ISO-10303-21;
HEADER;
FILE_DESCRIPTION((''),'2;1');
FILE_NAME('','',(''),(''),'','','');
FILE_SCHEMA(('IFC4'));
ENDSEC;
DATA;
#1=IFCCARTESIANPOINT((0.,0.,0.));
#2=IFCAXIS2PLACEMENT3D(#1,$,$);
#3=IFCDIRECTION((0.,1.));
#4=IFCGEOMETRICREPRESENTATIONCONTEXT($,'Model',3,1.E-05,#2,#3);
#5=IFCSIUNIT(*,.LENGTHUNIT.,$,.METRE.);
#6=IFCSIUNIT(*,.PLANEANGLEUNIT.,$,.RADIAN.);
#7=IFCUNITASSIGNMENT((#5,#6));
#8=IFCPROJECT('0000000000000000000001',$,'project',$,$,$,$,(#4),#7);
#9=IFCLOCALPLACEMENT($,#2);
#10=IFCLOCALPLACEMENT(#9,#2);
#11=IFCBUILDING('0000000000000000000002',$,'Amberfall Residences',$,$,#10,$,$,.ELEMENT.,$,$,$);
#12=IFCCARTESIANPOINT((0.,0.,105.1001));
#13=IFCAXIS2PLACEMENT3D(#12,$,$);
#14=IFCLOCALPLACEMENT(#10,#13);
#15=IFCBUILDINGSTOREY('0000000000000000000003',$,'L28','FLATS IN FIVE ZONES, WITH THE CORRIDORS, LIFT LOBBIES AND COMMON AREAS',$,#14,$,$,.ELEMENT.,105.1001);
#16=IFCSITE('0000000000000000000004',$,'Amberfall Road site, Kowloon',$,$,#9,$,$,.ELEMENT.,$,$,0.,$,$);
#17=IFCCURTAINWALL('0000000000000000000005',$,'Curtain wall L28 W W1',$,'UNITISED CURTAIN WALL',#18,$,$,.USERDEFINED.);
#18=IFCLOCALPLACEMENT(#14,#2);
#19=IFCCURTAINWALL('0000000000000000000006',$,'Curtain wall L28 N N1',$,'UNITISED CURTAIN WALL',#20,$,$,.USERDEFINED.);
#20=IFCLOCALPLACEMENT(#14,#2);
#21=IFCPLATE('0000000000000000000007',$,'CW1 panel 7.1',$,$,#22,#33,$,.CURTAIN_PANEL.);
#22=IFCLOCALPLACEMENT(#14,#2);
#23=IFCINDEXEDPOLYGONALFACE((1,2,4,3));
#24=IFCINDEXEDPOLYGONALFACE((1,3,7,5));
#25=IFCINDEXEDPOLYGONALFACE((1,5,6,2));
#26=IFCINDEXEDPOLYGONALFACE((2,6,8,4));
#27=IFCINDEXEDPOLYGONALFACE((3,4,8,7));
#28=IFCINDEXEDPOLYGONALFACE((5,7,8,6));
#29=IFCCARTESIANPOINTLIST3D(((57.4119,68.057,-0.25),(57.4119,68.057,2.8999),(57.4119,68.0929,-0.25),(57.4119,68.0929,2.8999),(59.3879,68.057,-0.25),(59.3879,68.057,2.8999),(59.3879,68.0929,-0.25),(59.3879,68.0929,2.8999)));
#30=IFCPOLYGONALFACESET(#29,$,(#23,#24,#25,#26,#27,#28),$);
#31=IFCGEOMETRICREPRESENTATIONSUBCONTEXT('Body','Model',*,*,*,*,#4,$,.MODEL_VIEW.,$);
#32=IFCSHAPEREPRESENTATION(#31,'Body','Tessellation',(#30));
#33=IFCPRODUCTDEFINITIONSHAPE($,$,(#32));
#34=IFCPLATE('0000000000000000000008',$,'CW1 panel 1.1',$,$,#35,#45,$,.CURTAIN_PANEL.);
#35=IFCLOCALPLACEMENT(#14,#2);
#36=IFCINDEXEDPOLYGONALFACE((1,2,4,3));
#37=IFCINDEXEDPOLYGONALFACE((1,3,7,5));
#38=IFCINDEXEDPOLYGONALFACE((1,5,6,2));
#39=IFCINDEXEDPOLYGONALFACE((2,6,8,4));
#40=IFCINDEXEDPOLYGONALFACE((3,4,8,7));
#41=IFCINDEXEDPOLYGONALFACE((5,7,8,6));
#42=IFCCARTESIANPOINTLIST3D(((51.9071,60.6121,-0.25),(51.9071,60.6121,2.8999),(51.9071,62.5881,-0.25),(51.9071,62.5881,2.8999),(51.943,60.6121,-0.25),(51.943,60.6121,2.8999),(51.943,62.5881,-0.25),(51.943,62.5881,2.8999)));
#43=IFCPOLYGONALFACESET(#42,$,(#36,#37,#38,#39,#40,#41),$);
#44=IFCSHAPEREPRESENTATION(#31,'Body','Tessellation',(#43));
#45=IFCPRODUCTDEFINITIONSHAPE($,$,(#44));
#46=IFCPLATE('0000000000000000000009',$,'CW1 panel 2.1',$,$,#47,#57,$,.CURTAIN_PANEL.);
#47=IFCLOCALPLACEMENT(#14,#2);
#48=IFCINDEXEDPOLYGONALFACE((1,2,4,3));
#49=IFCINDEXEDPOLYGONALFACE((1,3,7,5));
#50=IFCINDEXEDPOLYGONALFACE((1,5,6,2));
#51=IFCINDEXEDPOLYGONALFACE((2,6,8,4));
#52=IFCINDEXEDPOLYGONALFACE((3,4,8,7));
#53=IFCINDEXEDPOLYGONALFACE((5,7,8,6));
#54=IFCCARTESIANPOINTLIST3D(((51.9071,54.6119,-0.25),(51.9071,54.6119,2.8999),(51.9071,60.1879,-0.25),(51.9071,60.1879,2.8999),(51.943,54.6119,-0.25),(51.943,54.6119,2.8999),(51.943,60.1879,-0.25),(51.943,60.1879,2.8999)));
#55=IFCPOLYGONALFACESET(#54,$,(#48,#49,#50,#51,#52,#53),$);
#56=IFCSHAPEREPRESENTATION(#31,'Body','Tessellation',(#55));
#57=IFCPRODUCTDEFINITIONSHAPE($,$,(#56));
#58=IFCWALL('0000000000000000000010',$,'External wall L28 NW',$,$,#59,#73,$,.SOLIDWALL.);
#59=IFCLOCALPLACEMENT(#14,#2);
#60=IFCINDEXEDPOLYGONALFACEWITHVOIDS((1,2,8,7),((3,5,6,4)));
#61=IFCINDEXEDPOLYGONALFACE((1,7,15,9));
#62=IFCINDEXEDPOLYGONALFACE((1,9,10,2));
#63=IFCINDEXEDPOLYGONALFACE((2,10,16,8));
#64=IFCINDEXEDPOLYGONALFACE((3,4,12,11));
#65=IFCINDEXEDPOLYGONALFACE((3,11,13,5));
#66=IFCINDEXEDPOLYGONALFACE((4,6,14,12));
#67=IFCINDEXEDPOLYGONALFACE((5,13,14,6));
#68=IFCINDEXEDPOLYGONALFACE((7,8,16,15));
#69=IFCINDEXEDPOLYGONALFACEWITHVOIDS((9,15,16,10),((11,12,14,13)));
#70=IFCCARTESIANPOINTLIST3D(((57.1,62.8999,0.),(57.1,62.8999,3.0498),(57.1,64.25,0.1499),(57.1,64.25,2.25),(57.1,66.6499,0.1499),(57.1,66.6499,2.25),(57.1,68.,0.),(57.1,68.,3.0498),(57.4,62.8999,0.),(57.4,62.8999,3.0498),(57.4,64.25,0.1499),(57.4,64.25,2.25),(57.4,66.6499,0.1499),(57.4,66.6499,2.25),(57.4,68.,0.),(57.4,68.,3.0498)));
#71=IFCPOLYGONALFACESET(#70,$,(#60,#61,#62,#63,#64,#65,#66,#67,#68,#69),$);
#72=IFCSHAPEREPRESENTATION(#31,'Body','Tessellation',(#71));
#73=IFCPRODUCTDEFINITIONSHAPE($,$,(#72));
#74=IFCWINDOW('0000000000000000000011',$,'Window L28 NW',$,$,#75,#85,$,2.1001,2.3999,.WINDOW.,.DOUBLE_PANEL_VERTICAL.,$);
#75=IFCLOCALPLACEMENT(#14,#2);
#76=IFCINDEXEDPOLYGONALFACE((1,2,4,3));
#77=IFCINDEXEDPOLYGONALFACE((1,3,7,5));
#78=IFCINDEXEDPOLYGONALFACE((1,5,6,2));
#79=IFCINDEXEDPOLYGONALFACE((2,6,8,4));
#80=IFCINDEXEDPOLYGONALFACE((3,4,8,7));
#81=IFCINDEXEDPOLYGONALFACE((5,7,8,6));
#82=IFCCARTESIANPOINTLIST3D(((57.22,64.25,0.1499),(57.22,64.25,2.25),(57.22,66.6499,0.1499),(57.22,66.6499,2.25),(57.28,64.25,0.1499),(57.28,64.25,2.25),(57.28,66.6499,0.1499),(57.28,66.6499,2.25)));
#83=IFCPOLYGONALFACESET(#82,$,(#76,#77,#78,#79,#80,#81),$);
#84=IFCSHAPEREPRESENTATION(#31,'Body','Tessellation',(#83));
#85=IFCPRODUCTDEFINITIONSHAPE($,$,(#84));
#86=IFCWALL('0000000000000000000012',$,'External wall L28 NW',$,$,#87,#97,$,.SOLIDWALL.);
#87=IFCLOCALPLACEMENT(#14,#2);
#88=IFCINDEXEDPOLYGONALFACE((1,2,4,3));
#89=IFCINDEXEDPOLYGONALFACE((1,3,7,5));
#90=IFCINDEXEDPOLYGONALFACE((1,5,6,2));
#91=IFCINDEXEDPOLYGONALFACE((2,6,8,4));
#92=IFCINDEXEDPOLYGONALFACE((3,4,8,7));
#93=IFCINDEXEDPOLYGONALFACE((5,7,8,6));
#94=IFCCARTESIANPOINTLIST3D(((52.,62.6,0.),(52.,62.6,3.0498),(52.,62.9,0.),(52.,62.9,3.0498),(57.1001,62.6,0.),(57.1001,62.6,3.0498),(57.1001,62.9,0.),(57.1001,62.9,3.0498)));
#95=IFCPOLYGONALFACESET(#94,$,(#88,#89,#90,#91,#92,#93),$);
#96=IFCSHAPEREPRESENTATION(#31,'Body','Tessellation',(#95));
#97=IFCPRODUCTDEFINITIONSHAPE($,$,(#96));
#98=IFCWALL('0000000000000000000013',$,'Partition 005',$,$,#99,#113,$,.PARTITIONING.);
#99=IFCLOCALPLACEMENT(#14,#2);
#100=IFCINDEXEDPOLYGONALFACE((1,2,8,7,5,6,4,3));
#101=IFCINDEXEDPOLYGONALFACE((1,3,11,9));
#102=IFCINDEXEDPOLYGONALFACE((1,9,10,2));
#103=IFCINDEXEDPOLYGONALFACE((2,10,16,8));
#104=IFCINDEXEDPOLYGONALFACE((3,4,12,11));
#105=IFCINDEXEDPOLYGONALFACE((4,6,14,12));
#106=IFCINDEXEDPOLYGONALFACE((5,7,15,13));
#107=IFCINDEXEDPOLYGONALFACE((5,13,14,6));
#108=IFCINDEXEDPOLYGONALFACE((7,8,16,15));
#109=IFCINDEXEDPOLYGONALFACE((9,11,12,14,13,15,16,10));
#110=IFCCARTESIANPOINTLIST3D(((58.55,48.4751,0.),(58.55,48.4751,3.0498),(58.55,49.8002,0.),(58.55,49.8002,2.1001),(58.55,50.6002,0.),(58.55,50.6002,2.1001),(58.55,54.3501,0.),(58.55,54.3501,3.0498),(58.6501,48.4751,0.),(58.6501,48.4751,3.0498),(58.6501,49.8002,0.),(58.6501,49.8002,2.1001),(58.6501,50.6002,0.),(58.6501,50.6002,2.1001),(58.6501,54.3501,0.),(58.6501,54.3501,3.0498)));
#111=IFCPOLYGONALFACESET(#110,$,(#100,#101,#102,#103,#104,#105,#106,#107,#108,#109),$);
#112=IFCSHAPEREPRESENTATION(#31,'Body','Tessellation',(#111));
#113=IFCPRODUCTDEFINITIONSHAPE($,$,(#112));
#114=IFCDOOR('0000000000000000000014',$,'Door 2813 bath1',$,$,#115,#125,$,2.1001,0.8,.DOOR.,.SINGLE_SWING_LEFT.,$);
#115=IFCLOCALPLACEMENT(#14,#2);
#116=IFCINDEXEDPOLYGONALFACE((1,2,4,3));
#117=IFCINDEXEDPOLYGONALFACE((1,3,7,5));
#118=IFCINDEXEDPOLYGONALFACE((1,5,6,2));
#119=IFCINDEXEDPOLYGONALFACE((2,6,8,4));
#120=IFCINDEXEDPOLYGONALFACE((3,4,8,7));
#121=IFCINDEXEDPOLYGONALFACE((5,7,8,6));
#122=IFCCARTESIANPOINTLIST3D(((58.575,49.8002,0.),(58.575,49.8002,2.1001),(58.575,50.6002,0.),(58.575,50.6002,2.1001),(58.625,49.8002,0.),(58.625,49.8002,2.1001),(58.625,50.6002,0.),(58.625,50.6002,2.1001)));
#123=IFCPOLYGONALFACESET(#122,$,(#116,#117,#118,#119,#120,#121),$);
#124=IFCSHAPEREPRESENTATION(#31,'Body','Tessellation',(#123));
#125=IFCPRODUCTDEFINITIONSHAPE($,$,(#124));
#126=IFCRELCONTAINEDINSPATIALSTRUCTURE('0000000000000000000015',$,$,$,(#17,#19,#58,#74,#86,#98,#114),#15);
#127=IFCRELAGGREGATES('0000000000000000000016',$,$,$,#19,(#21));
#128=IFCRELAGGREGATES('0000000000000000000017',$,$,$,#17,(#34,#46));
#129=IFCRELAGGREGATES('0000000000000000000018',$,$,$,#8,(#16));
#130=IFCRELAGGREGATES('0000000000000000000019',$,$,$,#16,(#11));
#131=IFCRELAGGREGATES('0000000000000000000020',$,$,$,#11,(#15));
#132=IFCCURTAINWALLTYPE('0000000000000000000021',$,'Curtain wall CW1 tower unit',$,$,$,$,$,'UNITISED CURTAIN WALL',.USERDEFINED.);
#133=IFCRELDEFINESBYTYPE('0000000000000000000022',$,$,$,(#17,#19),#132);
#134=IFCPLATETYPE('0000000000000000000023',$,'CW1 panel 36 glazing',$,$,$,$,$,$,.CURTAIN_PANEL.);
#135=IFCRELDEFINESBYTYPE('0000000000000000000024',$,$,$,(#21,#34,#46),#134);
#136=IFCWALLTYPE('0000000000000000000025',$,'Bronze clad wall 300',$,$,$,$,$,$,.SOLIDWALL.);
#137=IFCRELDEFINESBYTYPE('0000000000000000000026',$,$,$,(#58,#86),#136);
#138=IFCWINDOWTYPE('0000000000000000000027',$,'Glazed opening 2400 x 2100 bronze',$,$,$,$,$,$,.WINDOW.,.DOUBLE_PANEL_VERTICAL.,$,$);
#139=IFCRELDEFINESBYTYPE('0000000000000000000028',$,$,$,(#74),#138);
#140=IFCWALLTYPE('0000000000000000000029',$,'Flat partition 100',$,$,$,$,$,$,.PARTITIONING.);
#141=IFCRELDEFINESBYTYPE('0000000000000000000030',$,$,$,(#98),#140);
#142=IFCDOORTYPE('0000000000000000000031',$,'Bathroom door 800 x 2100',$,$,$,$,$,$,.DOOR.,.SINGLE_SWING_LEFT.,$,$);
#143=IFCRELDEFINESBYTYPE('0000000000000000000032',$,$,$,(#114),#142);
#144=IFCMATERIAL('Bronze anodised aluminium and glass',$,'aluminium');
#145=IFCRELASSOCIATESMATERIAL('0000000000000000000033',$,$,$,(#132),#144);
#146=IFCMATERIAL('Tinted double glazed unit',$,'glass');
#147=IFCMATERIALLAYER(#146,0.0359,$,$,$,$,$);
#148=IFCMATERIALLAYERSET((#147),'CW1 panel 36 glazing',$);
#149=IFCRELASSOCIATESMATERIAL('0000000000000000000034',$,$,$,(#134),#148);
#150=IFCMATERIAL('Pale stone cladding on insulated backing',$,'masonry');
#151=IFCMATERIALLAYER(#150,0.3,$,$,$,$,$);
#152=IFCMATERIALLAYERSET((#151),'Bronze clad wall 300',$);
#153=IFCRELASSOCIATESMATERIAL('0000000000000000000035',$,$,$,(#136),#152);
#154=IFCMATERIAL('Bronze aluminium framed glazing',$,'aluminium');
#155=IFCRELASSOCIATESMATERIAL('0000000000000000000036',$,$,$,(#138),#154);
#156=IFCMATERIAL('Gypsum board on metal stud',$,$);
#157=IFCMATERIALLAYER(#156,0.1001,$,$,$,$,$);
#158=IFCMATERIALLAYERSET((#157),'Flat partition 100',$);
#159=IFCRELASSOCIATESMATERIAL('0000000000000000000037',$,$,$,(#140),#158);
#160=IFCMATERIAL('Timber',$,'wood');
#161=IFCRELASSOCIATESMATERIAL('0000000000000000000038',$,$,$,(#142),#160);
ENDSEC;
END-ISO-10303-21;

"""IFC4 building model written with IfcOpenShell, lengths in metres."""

from ifc_helpers import new_model, si_unit, direction, frame, frame_2d, origin, origin_2d, place, context, subcontext, project, spatial, rectangle, extrude, material, layer, layer_set, type_object, element, fill, aggregate, save


model = new_model("IFC4")

# Units and contexts
model_context = context("Model", 3, precision=1e-05, world=origin(), true_north=direction((0.0, 1.0)))
body_context = subcontext(model_context, "Body", "Model", "MODEL_VIEW")
ifc_project = project(units=[si_unit("LENGTHUNIT", "METRE"), si_unit("PLANEANGLEUNIT", "RADIAN")], contexts=[model_context])

# Site, building, storey
site_placement = place(None, origin())
site = spatial("IfcSite", under=ifc_project, at=site_placement, Name="Amberfall Road site, Kowloon", CompositionType="ELEMENT", RefElevation=0.0)
building_placement = place(site_placement, origin())
building = spatial("IfcBuilding", under=site, at=building_placement, Name="Amberfall Residences", CompositionType="ELEMENT")
storey_placement = place(building_placement, frame((0.0, 0.0, 105.1001)))
storey = spatial("IfcBuildingStorey", under=building, at=storey_placement, Name="L28", Description="FLATS IN FIVE ZONES, WITH THE CORRIDORS, LIFT LOBBIES AND COMMON AREAS", CompositionType="ELEMENT", Elevation=105.1001)

# Curtain wall
ifc_material_1 = material(Name="Bronze anodised aluminium and glass", Category="aluminium")
curtain_wall_type = type_object("IfcCurtainWallType", Name="Curtain wall CW1 tower unit", ElementType="UNITISED CURTAIN WALL", PredefinedType="USERDEFINED", material=ifc_material_1)
curtain_wall_1_placement = place(storey_placement, origin())
curtain_wall_1 = element("IfcCurtainWall", 1, at=curtain_wall_1_placement, inside=storey, type_object=curtain_wall_type, Name="Curtain wall L28 W W1", ObjectType="UNITISED CURTAIN WALL", PredefinedType="USERDEFINED")

# Curtain wall
curtain_wall_2_placement = place(storey_placement, origin())
curtain_wall_2 = element("IfcCurtainWall", 2, at=curtain_wall_2_placement, inside=storey, type_object=curtain_wall_type, Name="Curtain wall L28 N N1", ObjectType="UNITISED CURTAIN WALL", PredefinedType="USERDEFINED")

# Plates
ifc_material_2 = material(Name="Tinted double glazed unit", Category="glass")
ifc_layer_1 = layer(ifc_material_2, 0.0359)
ifc_layer_set_1 = layer_set([ifc_layer_1], Name="CW1 panel 36 glazing")
plate_type = type_object("IfcPlateType", Name="CW1 panel 36 glazing", PredefinedType="CURTAIN_PANEL", material=ifc_layer_set_1)
plate_1_placement = place(storey_placement, frame((58.3999, 68.075, -0.25), z_axis=(0.0, 0.0, 1.0), x_axis=(-1.0, 0.0, 0.0)))
plate_1 = element("IfcPlate", 3, at=plate_1_placement, type_object=plate_type, Name="CW1 panel 7.1", PredefinedType="CURTAIN_PANEL", context=body_context, shape_type="SweptSolid", body=[
    extrude(rectangle(XDim=1.9761, YDim=0.0359, at=origin_2d()), origin(), (0.0, 0.0, 1.0), 3.1499),
])
aggregate(curtain_wall_2, [plate_1])
plate_2_placement = place(storey_placement, frame((51.925, 61.6001, -0.25), z_axis=(0.0, 0.0, 1.0), x_axis=(0.0, -1.0, 0.0)))
plate_2 = element("IfcPlate", 4, at=plate_2_placement, type_object=plate_type, Name="CW1 panel 1.1", PredefinedType="CURTAIN_PANEL", context=body_context, shape_type="SweptSolid", body=[
    extrude(rectangle(XDim=1.9761, YDim=0.0359, at=origin_2d()), origin(), (0.0, 0.0, 1.0), 3.1499),
])
plate_3_placement = place(storey_placement, frame((51.925, 57.3999, -0.25), z_axis=(0.0, 0.0, 1.0), x_axis=(0.0, -1.0, 0.0)))
plate_3 = element("IfcPlate", 5, at=plate_3_placement, type_object=plate_type, Name="CW1 panel 2.1", PredefinedType="CURTAIN_PANEL", context=body_context, shape_type="SweptSolid", body=[
    extrude(rectangle(XDim=5.5759, YDim=0.0359, at=origin_2d()), origin(), (0.0, 0.0, 1.0), 3.1499),
])
aggregate(curtain_wall_1, [plate_2, plate_3])

# Wall, opening, window
ifc_material_3 = material(Name="Pale stone cladding on insulated backing", Category="masonry")
ifc_layer_2 = layer(ifc_material_3, 0.3)
ifc_layer_set_2 = layer_set([ifc_layer_2], Name="Bronze clad wall 300")
wall_type_1 = type_object("IfcWallType", Name="Bronze clad wall 300", PredefinedType="SOLIDWALL", material=ifc_layer_set_2)
wall_1_placement = place(storey_placement, frame((57.25, 68.0, 0.0), z_axis=(0.0, 0.0, 1.0), x_axis=(0.0, -1.0, 0.0)))
wall_1 = element("IfcWall", 6, at=wall_1_placement, inside=storey, type_object=wall_type_1, Name="External wall L28 NW", PredefinedType="SOLIDWALL", context=body_context, shape_type="SweptSolid", body=[
    extrude(rectangle(XDim=5.1001, YDim=0.3, at=frame_2d((2.55, 0.0))), origin(), (0.0, 0.0, 1.0), 3.0498),
])
opening_1_placement = place(wall_1_placement, frame((1.3501, 0.0, 0.1499)))
opening_1 = element("IfcOpeningElement", 7, at=opening_1_placement, cuts=wall_1, PredefinedType="OPENING", context=body_context, shape_type="SweptSolid", body=[
    extrude(rectangle(XDim=2.3999, YDim=2.1001, at=frame_2d((1.2, 1.05))), frame((0.0, 0.1599, 0.0), z_axis=(0.0, -1.0, 0.0), x_axis=(1.0, 0.0, 0.0)), (0.0, 0.0, 1.0), 0.3201),
])
ifc_material_4 = material(Name="Bronze aluminium framed glazing", Category="aluminium")
window_type = type_object("IfcWindowType", Name="Glazed opening 2400 x 2100 bronze", PartitioningType="DOUBLE_PANEL_VERTICAL", PredefinedType="WINDOW", material=ifc_material_4)
window_placement = place(opening_1_placement, origin())
window = element("IfcWindow", 8, at=window_placement, inside=storey, type_object=window_type, Name="Window L28 NW", OverallHeight=2.1001, OverallWidth=2.3999, PartitioningType="DOUBLE_PANEL_VERTICAL", PredefinedType="WINDOW", context=body_context, shape_type="SweptSolid", body=[
    extrude(rectangle(XDim=2.3999, YDim=2.1001, at=frame_2d((1.2, 1.05))), frame((0.0, 0.03, 0.0), z_axis=(0.0, -1.0, 0.0), x_axis=(1.0, 0.0, 0.0)), (0.0, 0.0, 1.0), 0.0601),
])
fill(opening_1, window)

# Wall
wall_2_placement = place(storey_placement, frame((57.1001, 62.75, 0.0), z_axis=(0.0, 0.0, 1.0), x_axis=(-1.0, 0.0, 0.0)))
element("IfcWall", 9, at=wall_2_placement, inside=storey, type_object=wall_type_1, Name="External wall L28 NW", PredefinedType="SOLIDWALL", context=body_context, shape_type="SweptSolid", body=[
    extrude(rectangle(XDim=5.1001, YDim=0.3, at=frame_2d((2.55, 0.0))), origin(), (0.0, 0.0, 1.0), 3.0498),
])

# Wall, opening, door
ifc_material_5 = material(Name="Gypsum board on metal stud")
ifc_layer_3 = layer(ifc_material_5, 0.1001)
ifc_layer_set_3 = layer_set([ifc_layer_3], Name="Flat partition 100")
wall_type_2 = type_object("IfcWallType", Name="Flat partition 100", PredefinedType="PARTITIONING", material=ifc_layer_set_3)
wall_3_placement = place(storey_placement, frame((58.6001, 54.3501, 0.0), z_axis=(0.0, 0.0, 1.0), x_axis=(0.0, -1.0, 0.0)))
wall_3 = element("IfcWall", 10, at=wall_3_placement, inside=storey, type_object=wall_type_2, Name="Partition 005", PredefinedType="PARTITIONING", context=body_context, shape_type="SweptSolid", body=[
    extrude(rectangle(XDim=5.875, YDim=0.1001, at=frame_2d((2.9375, 0.0))), origin(), (0.0, 0.0, 1.0), 3.0498),
])
opening_2_placement = place(wall_3_placement, frame((3.75, 0.0, 0.0)))
opening_2 = element("IfcOpeningElement", 11, at=opening_2_placement, cuts=wall_3, PredefinedType="OPENING", context=body_context, shape_type="SweptSolid", body=[
    extrude(rectangle(XDim=0.8, YDim=2.1001, at=frame_2d((0.3999, 1.05))), frame((0.0, 0.0601, 0.0), z_axis=(0.0, -1.0, 0.0), x_axis=(1.0, 0.0, 0.0)), (0.0, 0.0, 1.0), 0.1201),
])
ifc_material_6 = material(Name="Timber", Category="wood")
door_type = type_object("IfcDoorType", Name="Bathroom door 800 x 2100", OperationType="SINGLE_SWING_LEFT", PredefinedType="DOOR", material=ifc_material_6)
door_placement = place(opening_2_placement, origin())
door = element("IfcDoor", 12, at=door_placement, inside=storey, type_object=door_type, Name="Door 2813 bath1", OperationType="SINGLE_SWING_LEFT", OverallHeight=2.1001, OverallWidth=0.8, PredefinedType="DOOR", context=body_context, shape_type="SweptSolid", body=[
    extrude(rectangle(XDim=0.8, YDim=2.1001, at=frame_2d((0.3999, 1.05))), frame((0.0, 0.0249, 0.0), z_axis=(0.0, -1.0, 0.0), x_axis=(1.0, 0.0, 0.0)), (0.0, 0.0, 1.0), 0.05),
])
fill(opening_2, door)

save(model, "model.ifc")
